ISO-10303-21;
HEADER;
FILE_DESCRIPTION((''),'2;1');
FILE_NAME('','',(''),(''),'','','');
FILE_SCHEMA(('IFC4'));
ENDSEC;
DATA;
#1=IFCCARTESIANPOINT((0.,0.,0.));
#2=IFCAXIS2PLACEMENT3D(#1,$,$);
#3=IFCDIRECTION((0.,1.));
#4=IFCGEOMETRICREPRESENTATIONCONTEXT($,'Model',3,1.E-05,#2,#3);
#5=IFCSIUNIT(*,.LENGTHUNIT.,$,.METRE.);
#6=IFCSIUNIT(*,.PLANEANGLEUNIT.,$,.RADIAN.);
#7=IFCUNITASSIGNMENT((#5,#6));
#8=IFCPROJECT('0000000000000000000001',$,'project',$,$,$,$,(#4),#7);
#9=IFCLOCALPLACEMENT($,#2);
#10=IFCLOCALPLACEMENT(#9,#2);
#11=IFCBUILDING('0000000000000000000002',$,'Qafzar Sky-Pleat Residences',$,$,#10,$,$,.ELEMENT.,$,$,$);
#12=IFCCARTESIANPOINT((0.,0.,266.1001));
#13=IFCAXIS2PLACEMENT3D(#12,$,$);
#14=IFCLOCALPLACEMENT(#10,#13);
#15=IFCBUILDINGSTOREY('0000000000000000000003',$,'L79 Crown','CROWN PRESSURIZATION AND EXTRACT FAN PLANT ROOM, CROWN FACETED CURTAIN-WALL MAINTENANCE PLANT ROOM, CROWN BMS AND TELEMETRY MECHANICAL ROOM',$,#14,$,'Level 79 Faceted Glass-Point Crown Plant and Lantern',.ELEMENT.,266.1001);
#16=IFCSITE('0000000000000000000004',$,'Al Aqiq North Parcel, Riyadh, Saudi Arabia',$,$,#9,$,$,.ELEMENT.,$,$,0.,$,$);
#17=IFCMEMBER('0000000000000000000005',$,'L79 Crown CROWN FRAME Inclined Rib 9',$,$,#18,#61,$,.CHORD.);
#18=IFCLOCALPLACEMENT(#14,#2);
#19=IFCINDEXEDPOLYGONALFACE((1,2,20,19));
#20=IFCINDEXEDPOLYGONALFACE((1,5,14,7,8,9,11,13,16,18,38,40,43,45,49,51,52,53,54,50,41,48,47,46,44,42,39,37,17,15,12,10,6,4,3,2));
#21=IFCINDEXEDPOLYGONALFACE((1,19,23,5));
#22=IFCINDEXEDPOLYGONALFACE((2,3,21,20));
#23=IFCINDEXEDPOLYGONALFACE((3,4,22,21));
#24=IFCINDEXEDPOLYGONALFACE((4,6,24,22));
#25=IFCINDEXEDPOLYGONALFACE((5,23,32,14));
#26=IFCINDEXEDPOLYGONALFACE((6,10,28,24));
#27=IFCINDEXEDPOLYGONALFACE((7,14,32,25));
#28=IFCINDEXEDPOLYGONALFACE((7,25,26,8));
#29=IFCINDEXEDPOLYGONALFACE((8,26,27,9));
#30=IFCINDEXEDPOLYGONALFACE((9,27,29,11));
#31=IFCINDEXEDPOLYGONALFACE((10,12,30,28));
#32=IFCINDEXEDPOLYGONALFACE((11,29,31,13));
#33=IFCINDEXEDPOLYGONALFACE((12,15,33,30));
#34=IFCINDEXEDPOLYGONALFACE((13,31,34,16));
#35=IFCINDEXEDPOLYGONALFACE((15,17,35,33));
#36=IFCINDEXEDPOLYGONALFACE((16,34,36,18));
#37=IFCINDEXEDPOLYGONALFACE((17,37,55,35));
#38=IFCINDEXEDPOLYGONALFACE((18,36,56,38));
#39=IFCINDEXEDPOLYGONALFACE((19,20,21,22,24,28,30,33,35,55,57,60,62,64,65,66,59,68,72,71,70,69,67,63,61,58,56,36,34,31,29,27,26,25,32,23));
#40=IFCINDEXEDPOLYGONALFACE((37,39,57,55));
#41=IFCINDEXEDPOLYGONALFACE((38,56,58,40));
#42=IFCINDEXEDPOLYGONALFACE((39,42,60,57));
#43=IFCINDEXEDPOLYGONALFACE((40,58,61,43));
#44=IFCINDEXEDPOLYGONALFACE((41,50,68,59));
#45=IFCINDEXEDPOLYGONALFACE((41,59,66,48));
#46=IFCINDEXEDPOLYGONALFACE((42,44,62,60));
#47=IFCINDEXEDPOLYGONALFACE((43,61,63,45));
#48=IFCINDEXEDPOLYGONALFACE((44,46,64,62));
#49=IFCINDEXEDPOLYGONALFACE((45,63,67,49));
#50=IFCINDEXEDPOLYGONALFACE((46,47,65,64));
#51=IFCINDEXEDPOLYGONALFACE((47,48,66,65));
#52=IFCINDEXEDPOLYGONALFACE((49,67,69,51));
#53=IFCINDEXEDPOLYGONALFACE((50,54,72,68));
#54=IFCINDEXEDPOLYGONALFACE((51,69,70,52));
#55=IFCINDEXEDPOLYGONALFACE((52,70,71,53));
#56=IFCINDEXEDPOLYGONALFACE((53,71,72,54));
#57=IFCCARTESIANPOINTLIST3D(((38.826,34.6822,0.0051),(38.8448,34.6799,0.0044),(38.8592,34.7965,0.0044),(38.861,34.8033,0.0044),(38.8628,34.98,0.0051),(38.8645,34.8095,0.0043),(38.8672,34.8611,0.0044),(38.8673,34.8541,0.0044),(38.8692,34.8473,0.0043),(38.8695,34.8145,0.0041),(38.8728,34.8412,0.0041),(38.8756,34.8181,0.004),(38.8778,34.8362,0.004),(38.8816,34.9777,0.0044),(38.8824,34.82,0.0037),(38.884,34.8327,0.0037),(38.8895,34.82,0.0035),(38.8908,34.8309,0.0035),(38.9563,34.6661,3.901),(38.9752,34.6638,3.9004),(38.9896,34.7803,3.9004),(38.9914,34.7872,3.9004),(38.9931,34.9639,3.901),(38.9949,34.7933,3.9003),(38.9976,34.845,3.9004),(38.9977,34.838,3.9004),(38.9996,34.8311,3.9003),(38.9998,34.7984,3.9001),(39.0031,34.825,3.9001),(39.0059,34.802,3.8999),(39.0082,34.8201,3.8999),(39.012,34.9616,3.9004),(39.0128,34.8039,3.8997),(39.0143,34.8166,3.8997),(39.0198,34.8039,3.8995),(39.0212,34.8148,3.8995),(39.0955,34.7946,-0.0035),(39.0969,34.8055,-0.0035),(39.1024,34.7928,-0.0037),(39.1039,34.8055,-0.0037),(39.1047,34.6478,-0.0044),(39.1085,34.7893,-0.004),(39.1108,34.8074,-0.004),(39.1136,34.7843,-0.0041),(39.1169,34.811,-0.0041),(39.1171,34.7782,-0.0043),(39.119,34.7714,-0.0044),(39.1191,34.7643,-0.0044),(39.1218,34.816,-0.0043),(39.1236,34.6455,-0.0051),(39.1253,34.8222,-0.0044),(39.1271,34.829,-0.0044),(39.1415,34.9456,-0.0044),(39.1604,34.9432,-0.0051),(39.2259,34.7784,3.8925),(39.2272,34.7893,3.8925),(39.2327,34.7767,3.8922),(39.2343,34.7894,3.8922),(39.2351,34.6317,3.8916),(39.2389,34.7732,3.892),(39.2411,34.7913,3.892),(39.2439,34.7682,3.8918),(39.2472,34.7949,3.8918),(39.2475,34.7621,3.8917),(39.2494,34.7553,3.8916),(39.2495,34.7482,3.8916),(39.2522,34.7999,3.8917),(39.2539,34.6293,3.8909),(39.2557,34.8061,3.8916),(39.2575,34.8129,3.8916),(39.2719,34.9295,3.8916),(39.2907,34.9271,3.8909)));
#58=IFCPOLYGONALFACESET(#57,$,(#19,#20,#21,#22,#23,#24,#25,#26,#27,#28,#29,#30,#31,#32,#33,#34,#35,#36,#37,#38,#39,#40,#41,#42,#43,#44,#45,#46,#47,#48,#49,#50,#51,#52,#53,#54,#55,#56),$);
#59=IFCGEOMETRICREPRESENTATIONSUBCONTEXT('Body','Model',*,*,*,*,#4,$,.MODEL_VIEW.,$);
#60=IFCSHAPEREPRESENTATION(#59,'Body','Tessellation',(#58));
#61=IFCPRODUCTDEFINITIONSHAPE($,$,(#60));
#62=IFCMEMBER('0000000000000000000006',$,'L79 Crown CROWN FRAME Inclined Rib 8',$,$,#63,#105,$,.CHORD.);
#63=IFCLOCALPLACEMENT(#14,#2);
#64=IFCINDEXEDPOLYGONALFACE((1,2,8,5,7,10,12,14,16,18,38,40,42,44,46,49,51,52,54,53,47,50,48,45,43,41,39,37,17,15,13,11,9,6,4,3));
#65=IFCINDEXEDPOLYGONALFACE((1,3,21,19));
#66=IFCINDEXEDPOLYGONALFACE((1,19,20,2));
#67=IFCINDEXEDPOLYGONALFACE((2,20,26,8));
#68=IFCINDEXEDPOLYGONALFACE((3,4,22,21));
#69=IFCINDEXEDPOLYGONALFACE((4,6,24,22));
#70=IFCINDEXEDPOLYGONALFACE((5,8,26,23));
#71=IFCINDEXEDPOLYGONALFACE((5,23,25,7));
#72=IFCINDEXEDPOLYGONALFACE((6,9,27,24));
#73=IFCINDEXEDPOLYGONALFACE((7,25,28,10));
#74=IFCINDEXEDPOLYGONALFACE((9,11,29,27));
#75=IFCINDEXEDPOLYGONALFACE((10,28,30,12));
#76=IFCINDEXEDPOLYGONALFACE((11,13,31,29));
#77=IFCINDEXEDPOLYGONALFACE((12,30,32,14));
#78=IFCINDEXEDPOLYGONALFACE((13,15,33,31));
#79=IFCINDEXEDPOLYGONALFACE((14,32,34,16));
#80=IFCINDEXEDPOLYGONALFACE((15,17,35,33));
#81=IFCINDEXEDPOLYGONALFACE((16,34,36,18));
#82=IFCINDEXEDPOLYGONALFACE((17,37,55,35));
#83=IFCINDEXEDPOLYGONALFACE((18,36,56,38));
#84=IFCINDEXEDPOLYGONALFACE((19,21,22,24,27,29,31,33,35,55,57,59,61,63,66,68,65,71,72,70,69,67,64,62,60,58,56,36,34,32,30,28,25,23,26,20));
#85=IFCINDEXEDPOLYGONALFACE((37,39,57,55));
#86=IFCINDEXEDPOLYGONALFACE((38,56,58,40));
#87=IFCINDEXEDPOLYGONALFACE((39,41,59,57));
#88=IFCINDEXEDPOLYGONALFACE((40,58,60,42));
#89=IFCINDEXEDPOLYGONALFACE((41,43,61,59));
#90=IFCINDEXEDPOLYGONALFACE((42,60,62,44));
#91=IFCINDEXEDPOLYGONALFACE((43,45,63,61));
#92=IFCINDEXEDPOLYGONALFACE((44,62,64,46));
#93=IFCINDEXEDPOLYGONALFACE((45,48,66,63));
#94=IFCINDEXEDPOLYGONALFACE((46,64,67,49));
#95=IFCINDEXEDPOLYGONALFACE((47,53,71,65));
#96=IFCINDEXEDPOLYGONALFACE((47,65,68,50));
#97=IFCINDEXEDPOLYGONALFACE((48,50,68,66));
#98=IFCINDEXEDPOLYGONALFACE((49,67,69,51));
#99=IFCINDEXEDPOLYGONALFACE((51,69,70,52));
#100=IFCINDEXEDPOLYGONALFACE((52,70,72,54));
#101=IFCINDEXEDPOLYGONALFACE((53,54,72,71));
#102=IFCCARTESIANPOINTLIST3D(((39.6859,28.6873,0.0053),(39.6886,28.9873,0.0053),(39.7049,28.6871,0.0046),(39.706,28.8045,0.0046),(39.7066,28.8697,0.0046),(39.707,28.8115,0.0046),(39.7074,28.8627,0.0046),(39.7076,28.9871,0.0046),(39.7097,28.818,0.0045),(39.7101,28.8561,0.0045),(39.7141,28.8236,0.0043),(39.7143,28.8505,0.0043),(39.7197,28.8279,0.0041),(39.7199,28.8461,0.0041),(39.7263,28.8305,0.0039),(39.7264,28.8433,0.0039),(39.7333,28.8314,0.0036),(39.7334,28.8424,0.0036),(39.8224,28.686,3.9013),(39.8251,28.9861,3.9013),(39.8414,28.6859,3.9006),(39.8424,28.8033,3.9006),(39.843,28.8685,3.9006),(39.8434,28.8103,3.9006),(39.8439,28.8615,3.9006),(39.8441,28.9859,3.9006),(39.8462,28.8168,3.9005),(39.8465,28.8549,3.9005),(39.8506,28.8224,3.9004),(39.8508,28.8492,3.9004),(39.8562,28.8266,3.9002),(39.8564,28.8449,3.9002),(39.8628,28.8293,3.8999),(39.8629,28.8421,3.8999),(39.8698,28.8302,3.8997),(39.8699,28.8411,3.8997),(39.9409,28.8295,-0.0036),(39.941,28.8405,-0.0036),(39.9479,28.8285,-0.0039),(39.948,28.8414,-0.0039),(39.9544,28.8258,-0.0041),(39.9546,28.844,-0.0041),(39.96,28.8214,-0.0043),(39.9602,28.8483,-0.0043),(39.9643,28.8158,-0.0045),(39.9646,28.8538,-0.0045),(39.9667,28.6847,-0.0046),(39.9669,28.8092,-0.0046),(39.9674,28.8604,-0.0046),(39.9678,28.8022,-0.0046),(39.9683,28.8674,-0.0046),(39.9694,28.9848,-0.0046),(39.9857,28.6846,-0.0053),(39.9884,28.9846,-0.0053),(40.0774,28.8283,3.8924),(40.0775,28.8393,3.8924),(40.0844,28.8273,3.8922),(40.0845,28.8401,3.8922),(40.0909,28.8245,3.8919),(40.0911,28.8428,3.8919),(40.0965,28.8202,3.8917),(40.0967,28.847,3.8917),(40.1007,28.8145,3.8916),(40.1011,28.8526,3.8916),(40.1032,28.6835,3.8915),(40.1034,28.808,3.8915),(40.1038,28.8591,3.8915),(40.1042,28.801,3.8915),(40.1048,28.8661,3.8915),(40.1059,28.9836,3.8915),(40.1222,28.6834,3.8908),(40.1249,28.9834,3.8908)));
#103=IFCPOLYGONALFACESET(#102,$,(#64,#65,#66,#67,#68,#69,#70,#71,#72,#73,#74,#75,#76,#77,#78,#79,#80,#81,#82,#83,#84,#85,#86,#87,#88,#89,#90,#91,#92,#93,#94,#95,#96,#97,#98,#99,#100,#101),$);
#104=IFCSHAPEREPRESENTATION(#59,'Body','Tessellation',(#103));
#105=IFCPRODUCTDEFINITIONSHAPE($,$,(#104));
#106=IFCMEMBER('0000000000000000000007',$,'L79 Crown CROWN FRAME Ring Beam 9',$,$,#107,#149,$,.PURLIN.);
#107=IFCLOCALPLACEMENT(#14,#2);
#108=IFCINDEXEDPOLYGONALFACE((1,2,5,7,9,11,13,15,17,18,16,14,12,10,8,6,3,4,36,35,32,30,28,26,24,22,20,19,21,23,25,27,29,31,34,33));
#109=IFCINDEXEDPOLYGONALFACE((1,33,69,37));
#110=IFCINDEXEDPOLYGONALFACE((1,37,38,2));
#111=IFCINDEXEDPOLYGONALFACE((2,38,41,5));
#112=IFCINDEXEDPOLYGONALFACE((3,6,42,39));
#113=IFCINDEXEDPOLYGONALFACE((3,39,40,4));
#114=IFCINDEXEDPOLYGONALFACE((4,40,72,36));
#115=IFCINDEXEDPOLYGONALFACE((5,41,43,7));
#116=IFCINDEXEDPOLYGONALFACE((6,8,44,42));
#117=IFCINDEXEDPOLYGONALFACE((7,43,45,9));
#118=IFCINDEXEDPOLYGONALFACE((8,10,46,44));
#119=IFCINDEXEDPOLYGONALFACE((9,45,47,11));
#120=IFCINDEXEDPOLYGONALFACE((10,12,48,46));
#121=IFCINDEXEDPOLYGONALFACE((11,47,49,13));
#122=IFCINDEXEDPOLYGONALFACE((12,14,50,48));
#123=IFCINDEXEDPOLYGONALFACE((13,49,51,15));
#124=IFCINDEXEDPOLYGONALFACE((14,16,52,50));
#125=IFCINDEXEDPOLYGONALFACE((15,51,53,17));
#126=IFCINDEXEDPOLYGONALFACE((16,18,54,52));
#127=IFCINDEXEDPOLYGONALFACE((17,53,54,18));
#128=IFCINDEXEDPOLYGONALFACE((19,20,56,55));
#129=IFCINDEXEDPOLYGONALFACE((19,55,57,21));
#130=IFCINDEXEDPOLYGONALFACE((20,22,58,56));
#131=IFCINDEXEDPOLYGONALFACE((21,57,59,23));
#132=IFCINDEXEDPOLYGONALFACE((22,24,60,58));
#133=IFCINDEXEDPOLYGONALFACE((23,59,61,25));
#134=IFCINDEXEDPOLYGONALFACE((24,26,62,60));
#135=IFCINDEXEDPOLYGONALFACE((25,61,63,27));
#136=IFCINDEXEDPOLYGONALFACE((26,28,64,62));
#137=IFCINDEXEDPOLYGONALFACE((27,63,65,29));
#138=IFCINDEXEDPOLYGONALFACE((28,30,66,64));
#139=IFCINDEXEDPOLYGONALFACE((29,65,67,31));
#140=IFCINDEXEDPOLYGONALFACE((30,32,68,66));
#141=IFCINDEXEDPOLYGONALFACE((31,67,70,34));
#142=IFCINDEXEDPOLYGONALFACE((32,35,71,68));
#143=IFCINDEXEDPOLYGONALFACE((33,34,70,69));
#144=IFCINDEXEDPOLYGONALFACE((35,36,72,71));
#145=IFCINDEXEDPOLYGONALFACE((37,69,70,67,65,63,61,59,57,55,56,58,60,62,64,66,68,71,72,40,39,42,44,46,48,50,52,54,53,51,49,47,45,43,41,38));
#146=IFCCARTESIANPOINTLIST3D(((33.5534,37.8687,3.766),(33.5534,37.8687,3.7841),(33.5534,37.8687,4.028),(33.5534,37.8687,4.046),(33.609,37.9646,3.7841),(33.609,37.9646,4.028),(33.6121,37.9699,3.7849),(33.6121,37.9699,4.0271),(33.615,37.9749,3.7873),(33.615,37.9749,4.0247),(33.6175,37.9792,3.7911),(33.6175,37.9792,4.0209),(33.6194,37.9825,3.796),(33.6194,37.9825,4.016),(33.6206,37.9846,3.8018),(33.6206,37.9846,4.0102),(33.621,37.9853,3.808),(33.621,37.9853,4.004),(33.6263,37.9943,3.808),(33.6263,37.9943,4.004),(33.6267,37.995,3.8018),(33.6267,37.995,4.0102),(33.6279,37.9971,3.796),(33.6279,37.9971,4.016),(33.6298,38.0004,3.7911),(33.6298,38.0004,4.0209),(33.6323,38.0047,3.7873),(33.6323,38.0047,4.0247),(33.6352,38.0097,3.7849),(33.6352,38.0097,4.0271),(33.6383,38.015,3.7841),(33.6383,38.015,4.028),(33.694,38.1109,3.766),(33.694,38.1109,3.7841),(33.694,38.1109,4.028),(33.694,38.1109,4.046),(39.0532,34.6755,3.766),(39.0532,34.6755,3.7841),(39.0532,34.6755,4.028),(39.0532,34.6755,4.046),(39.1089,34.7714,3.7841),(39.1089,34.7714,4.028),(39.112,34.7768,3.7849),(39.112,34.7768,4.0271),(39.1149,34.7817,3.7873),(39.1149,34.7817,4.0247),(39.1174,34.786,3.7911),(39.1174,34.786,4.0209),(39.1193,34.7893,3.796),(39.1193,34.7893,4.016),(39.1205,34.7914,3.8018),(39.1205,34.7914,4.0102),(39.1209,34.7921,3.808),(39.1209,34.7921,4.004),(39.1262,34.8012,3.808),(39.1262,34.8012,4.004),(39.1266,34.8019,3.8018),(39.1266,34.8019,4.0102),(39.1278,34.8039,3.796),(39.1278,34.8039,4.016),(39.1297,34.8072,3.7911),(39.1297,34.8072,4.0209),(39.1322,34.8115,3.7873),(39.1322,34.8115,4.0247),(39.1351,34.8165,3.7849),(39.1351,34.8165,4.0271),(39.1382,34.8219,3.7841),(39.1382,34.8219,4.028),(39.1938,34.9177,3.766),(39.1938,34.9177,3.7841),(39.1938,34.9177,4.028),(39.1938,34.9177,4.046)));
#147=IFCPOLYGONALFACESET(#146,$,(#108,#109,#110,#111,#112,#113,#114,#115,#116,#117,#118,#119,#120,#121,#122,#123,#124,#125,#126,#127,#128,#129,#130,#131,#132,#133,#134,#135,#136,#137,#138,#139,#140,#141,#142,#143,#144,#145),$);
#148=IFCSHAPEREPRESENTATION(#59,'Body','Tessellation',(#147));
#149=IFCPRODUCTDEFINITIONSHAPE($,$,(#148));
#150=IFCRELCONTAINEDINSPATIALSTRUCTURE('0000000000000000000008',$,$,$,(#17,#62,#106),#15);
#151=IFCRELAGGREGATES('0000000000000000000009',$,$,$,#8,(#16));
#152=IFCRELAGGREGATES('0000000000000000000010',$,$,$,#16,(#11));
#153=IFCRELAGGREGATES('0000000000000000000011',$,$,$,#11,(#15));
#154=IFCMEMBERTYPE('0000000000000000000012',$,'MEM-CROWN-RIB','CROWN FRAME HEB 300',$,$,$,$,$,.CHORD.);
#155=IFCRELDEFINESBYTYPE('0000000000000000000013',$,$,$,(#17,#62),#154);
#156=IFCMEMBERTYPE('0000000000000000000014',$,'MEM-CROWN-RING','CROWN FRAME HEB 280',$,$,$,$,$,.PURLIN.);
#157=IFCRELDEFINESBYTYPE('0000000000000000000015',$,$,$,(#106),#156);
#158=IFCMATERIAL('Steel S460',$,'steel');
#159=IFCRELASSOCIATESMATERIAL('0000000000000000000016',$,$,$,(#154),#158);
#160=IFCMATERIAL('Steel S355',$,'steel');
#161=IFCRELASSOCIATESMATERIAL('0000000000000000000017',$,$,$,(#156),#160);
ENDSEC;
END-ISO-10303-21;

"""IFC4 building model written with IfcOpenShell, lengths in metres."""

from ifc_helpers import new_model, si_unit, direction, frame, origin, origin_2d, place, context, subcontext, project, spatial, i_section, extrude, source, transform, mapped, material, material_profile, profile_set, type_object, element, save


model = new_model("IFC4")

# Units and contexts
model_context = context("Model", 3, precision=1e-05, world=origin(), true_north=direction((0.0, 1.0)))
body_context = subcontext(model_context, "Body", "Model", "MODEL_VIEW")
ifc_project = project(units=[si_unit("LENGTHUNIT", "METRE"), si_unit("PLANEANGLEUNIT", "RADIAN")], contexts=[model_context])

# Site, building, storey
site_placement = place(None, origin())
site = spatial("IfcSite", under=ifc_project, at=site_placement, Name="Al Aqiq North Parcel, Riyadh, Saudi Arabia", CompositionType="ELEMENT", RefElevation=0.0)
building_placement = place(site_placement, origin())
building = spatial("IfcBuilding", under=site, at=building_placement, Name="Qafzar Sky-Pleat Residences", CompositionType="ELEMENT")
storey_placement = place(building_placement, frame((0.0, 0.0, 266.1001)))
storey = spatial("IfcBuildingStorey", under=building, at=storey_placement, Name="L79 Crown", Description="CROWN PRESSURIZATION AND EXTRACT FAN PLANT ROOM, CROWN FACETED CURTAIN-WALL MAINTENANCE PLANT ROOM, CROWN BMS AND TELEMETRY MECHANICAL ROOM", LongName="Level 79 Faceted Glass-Point Crown Plant and Lantern", CompositionType="ELEMENT", Elevation=266.1001)

# Members
ifc_material_1 = material(Name="Steel S460", Category="steel")
ifc_material_profile_1 = material_profile(ifc_material_1, i_section(OverallWidth=0.3, OverallDepth=0.3, WebThickness=0.011, FlangeThickness=0.019, FilletRadius=0.0271, at=origin_2d()), Name="HEB 300")
ifc_profile_set_1 = profile_set([ifc_material_profile_1], Name="Steel S460")
member_type_1 = type_object("IfcMemberType", Name="MEM-CROWN-RIB", Description="CROWN FRAME HEB 300", PredefinedType="CHORD", material=ifc_profile_set_1)
shared_shape_1 = source(origin(), body_context, "Body", "SweptSolid", [
    extrude(i_section(OverallWidth=0.3, OverallDepth=0.3, WebThickness=0.011, FlangeThickness=0.019, FilletRadius=0.0271, at=origin_2d()), origin(), (0.0, 0.0, 1.0), 3.8982),
])
member_1_placement = place(storey_placement, frame((38.9932, 34.8127, 0.0), z_axis=(0.033444, -0.004134, 0.999432), x_axis=(0.122662, 0.992448, 0.0)))
element("IfcMember", 1, at=member_1_placement, inside=storey, type_object=member_type_1, Name="L79 Crown CROWN FRAME Inclined Rib 9", PredefinedType="CHORD", context=body_context, shape_type="MappedRepresentation", body=[
    mapped(shared_shape_1, transform((0.0, 0.0, 0.0), x_axis=(1.0, 0.0, 0.0), y_axis=(0.0, 1.0, 0.0), z_axis=(0.0, 0.0, 1.0), scale=1.0)),
])
shared_shape_2 = source(origin(), body_context, "Body", "SweptSolid", [
    extrude(i_section(OverallWidth=0.3, OverallDepth=0.3, WebThickness=0.011, FlangeThickness=0.019, FilletRadius=0.0271, at=origin_2d()), origin(), (0.0, 0.0, 1.0), 3.8984),
])
member_2_placement = place(storey_placement, frame((39.8372, 28.8359, 0.0), z_axis=(0.035008, -0.000313, 0.999387), x_axis=(0.008944, 0.99996, 0.0)))
element("IfcMember", 2, at=member_2_placement, inside=storey, type_object=member_type_1, Name="L79 Crown CROWN FRAME Inclined Rib 8", PredefinedType="CHORD", context=body_context, shape_type="MappedRepresentation", body=[
    mapped(shared_shape_2, transform((0.0, 0.0, 0.0), x_axis=(1.0, 0.0, 0.0), y_axis=(0.0, 1.0, 0.0), z_axis=(0.0, 0.0, 1.0), scale=1.0)),
])
ifc_material_2 = material(Name="Steel S355", Category="steel")
ifc_material_profile_2 = material_profile(ifc_material_2, i_section(OverallWidth=0.28, OverallDepth=0.28, WebThickness=0.0105, FlangeThickness=0.0181, FilletRadius=0.0239, at=origin_2d()), Name="HEB 280")
ifc_profile_set_2 = profile_set([ifc_material_profile_2], Name="Steel S355")
member_type_2 = type_object("IfcMemberType", Name="MEM-CROWN-RING", Description="CROWN FRAME HEB 280", PredefinedType="PURLIN", material=ifc_profile_set_2)
shared_shape_3 = source(origin(), body_context, "Body", "SweptSolid", [
    extrude(i_section(OverallWidth=0.28, OverallDepth=0.28, WebThickness=0.0105, FlangeThickness=0.0181, FilletRadius=0.0239, at=origin_2d()), origin(), (0.0, 0.0, 1.0), 6.3596),
])
member_3_placement = place(storey_placement, frame((39.1235, 34.7966, 3.906), z_axis=(-0.864809, 0.502101, 0.0), x_axis=(-0.502101, -0.864809, 0.0)))
element("IfcMember", 3, at=member_3_placement, inside=storey, type_object=member_type_2, Name="L79 Crown CROWN FRAME Ring Beam 9", PredefinedType="PURLIN", context=body_context, shape_type="MappedRepresentation", body=[
    mapped(shared_shape_3, transform((0.0, 0.0, 0.0), x_axis=(1.0, 0.0, 0.0), y_axis=(0.0, 1.0, 0.0), z_axis=(0.0, 0.0, 1.0), scale=1.0)),
])

save(model, "model.ifc")
